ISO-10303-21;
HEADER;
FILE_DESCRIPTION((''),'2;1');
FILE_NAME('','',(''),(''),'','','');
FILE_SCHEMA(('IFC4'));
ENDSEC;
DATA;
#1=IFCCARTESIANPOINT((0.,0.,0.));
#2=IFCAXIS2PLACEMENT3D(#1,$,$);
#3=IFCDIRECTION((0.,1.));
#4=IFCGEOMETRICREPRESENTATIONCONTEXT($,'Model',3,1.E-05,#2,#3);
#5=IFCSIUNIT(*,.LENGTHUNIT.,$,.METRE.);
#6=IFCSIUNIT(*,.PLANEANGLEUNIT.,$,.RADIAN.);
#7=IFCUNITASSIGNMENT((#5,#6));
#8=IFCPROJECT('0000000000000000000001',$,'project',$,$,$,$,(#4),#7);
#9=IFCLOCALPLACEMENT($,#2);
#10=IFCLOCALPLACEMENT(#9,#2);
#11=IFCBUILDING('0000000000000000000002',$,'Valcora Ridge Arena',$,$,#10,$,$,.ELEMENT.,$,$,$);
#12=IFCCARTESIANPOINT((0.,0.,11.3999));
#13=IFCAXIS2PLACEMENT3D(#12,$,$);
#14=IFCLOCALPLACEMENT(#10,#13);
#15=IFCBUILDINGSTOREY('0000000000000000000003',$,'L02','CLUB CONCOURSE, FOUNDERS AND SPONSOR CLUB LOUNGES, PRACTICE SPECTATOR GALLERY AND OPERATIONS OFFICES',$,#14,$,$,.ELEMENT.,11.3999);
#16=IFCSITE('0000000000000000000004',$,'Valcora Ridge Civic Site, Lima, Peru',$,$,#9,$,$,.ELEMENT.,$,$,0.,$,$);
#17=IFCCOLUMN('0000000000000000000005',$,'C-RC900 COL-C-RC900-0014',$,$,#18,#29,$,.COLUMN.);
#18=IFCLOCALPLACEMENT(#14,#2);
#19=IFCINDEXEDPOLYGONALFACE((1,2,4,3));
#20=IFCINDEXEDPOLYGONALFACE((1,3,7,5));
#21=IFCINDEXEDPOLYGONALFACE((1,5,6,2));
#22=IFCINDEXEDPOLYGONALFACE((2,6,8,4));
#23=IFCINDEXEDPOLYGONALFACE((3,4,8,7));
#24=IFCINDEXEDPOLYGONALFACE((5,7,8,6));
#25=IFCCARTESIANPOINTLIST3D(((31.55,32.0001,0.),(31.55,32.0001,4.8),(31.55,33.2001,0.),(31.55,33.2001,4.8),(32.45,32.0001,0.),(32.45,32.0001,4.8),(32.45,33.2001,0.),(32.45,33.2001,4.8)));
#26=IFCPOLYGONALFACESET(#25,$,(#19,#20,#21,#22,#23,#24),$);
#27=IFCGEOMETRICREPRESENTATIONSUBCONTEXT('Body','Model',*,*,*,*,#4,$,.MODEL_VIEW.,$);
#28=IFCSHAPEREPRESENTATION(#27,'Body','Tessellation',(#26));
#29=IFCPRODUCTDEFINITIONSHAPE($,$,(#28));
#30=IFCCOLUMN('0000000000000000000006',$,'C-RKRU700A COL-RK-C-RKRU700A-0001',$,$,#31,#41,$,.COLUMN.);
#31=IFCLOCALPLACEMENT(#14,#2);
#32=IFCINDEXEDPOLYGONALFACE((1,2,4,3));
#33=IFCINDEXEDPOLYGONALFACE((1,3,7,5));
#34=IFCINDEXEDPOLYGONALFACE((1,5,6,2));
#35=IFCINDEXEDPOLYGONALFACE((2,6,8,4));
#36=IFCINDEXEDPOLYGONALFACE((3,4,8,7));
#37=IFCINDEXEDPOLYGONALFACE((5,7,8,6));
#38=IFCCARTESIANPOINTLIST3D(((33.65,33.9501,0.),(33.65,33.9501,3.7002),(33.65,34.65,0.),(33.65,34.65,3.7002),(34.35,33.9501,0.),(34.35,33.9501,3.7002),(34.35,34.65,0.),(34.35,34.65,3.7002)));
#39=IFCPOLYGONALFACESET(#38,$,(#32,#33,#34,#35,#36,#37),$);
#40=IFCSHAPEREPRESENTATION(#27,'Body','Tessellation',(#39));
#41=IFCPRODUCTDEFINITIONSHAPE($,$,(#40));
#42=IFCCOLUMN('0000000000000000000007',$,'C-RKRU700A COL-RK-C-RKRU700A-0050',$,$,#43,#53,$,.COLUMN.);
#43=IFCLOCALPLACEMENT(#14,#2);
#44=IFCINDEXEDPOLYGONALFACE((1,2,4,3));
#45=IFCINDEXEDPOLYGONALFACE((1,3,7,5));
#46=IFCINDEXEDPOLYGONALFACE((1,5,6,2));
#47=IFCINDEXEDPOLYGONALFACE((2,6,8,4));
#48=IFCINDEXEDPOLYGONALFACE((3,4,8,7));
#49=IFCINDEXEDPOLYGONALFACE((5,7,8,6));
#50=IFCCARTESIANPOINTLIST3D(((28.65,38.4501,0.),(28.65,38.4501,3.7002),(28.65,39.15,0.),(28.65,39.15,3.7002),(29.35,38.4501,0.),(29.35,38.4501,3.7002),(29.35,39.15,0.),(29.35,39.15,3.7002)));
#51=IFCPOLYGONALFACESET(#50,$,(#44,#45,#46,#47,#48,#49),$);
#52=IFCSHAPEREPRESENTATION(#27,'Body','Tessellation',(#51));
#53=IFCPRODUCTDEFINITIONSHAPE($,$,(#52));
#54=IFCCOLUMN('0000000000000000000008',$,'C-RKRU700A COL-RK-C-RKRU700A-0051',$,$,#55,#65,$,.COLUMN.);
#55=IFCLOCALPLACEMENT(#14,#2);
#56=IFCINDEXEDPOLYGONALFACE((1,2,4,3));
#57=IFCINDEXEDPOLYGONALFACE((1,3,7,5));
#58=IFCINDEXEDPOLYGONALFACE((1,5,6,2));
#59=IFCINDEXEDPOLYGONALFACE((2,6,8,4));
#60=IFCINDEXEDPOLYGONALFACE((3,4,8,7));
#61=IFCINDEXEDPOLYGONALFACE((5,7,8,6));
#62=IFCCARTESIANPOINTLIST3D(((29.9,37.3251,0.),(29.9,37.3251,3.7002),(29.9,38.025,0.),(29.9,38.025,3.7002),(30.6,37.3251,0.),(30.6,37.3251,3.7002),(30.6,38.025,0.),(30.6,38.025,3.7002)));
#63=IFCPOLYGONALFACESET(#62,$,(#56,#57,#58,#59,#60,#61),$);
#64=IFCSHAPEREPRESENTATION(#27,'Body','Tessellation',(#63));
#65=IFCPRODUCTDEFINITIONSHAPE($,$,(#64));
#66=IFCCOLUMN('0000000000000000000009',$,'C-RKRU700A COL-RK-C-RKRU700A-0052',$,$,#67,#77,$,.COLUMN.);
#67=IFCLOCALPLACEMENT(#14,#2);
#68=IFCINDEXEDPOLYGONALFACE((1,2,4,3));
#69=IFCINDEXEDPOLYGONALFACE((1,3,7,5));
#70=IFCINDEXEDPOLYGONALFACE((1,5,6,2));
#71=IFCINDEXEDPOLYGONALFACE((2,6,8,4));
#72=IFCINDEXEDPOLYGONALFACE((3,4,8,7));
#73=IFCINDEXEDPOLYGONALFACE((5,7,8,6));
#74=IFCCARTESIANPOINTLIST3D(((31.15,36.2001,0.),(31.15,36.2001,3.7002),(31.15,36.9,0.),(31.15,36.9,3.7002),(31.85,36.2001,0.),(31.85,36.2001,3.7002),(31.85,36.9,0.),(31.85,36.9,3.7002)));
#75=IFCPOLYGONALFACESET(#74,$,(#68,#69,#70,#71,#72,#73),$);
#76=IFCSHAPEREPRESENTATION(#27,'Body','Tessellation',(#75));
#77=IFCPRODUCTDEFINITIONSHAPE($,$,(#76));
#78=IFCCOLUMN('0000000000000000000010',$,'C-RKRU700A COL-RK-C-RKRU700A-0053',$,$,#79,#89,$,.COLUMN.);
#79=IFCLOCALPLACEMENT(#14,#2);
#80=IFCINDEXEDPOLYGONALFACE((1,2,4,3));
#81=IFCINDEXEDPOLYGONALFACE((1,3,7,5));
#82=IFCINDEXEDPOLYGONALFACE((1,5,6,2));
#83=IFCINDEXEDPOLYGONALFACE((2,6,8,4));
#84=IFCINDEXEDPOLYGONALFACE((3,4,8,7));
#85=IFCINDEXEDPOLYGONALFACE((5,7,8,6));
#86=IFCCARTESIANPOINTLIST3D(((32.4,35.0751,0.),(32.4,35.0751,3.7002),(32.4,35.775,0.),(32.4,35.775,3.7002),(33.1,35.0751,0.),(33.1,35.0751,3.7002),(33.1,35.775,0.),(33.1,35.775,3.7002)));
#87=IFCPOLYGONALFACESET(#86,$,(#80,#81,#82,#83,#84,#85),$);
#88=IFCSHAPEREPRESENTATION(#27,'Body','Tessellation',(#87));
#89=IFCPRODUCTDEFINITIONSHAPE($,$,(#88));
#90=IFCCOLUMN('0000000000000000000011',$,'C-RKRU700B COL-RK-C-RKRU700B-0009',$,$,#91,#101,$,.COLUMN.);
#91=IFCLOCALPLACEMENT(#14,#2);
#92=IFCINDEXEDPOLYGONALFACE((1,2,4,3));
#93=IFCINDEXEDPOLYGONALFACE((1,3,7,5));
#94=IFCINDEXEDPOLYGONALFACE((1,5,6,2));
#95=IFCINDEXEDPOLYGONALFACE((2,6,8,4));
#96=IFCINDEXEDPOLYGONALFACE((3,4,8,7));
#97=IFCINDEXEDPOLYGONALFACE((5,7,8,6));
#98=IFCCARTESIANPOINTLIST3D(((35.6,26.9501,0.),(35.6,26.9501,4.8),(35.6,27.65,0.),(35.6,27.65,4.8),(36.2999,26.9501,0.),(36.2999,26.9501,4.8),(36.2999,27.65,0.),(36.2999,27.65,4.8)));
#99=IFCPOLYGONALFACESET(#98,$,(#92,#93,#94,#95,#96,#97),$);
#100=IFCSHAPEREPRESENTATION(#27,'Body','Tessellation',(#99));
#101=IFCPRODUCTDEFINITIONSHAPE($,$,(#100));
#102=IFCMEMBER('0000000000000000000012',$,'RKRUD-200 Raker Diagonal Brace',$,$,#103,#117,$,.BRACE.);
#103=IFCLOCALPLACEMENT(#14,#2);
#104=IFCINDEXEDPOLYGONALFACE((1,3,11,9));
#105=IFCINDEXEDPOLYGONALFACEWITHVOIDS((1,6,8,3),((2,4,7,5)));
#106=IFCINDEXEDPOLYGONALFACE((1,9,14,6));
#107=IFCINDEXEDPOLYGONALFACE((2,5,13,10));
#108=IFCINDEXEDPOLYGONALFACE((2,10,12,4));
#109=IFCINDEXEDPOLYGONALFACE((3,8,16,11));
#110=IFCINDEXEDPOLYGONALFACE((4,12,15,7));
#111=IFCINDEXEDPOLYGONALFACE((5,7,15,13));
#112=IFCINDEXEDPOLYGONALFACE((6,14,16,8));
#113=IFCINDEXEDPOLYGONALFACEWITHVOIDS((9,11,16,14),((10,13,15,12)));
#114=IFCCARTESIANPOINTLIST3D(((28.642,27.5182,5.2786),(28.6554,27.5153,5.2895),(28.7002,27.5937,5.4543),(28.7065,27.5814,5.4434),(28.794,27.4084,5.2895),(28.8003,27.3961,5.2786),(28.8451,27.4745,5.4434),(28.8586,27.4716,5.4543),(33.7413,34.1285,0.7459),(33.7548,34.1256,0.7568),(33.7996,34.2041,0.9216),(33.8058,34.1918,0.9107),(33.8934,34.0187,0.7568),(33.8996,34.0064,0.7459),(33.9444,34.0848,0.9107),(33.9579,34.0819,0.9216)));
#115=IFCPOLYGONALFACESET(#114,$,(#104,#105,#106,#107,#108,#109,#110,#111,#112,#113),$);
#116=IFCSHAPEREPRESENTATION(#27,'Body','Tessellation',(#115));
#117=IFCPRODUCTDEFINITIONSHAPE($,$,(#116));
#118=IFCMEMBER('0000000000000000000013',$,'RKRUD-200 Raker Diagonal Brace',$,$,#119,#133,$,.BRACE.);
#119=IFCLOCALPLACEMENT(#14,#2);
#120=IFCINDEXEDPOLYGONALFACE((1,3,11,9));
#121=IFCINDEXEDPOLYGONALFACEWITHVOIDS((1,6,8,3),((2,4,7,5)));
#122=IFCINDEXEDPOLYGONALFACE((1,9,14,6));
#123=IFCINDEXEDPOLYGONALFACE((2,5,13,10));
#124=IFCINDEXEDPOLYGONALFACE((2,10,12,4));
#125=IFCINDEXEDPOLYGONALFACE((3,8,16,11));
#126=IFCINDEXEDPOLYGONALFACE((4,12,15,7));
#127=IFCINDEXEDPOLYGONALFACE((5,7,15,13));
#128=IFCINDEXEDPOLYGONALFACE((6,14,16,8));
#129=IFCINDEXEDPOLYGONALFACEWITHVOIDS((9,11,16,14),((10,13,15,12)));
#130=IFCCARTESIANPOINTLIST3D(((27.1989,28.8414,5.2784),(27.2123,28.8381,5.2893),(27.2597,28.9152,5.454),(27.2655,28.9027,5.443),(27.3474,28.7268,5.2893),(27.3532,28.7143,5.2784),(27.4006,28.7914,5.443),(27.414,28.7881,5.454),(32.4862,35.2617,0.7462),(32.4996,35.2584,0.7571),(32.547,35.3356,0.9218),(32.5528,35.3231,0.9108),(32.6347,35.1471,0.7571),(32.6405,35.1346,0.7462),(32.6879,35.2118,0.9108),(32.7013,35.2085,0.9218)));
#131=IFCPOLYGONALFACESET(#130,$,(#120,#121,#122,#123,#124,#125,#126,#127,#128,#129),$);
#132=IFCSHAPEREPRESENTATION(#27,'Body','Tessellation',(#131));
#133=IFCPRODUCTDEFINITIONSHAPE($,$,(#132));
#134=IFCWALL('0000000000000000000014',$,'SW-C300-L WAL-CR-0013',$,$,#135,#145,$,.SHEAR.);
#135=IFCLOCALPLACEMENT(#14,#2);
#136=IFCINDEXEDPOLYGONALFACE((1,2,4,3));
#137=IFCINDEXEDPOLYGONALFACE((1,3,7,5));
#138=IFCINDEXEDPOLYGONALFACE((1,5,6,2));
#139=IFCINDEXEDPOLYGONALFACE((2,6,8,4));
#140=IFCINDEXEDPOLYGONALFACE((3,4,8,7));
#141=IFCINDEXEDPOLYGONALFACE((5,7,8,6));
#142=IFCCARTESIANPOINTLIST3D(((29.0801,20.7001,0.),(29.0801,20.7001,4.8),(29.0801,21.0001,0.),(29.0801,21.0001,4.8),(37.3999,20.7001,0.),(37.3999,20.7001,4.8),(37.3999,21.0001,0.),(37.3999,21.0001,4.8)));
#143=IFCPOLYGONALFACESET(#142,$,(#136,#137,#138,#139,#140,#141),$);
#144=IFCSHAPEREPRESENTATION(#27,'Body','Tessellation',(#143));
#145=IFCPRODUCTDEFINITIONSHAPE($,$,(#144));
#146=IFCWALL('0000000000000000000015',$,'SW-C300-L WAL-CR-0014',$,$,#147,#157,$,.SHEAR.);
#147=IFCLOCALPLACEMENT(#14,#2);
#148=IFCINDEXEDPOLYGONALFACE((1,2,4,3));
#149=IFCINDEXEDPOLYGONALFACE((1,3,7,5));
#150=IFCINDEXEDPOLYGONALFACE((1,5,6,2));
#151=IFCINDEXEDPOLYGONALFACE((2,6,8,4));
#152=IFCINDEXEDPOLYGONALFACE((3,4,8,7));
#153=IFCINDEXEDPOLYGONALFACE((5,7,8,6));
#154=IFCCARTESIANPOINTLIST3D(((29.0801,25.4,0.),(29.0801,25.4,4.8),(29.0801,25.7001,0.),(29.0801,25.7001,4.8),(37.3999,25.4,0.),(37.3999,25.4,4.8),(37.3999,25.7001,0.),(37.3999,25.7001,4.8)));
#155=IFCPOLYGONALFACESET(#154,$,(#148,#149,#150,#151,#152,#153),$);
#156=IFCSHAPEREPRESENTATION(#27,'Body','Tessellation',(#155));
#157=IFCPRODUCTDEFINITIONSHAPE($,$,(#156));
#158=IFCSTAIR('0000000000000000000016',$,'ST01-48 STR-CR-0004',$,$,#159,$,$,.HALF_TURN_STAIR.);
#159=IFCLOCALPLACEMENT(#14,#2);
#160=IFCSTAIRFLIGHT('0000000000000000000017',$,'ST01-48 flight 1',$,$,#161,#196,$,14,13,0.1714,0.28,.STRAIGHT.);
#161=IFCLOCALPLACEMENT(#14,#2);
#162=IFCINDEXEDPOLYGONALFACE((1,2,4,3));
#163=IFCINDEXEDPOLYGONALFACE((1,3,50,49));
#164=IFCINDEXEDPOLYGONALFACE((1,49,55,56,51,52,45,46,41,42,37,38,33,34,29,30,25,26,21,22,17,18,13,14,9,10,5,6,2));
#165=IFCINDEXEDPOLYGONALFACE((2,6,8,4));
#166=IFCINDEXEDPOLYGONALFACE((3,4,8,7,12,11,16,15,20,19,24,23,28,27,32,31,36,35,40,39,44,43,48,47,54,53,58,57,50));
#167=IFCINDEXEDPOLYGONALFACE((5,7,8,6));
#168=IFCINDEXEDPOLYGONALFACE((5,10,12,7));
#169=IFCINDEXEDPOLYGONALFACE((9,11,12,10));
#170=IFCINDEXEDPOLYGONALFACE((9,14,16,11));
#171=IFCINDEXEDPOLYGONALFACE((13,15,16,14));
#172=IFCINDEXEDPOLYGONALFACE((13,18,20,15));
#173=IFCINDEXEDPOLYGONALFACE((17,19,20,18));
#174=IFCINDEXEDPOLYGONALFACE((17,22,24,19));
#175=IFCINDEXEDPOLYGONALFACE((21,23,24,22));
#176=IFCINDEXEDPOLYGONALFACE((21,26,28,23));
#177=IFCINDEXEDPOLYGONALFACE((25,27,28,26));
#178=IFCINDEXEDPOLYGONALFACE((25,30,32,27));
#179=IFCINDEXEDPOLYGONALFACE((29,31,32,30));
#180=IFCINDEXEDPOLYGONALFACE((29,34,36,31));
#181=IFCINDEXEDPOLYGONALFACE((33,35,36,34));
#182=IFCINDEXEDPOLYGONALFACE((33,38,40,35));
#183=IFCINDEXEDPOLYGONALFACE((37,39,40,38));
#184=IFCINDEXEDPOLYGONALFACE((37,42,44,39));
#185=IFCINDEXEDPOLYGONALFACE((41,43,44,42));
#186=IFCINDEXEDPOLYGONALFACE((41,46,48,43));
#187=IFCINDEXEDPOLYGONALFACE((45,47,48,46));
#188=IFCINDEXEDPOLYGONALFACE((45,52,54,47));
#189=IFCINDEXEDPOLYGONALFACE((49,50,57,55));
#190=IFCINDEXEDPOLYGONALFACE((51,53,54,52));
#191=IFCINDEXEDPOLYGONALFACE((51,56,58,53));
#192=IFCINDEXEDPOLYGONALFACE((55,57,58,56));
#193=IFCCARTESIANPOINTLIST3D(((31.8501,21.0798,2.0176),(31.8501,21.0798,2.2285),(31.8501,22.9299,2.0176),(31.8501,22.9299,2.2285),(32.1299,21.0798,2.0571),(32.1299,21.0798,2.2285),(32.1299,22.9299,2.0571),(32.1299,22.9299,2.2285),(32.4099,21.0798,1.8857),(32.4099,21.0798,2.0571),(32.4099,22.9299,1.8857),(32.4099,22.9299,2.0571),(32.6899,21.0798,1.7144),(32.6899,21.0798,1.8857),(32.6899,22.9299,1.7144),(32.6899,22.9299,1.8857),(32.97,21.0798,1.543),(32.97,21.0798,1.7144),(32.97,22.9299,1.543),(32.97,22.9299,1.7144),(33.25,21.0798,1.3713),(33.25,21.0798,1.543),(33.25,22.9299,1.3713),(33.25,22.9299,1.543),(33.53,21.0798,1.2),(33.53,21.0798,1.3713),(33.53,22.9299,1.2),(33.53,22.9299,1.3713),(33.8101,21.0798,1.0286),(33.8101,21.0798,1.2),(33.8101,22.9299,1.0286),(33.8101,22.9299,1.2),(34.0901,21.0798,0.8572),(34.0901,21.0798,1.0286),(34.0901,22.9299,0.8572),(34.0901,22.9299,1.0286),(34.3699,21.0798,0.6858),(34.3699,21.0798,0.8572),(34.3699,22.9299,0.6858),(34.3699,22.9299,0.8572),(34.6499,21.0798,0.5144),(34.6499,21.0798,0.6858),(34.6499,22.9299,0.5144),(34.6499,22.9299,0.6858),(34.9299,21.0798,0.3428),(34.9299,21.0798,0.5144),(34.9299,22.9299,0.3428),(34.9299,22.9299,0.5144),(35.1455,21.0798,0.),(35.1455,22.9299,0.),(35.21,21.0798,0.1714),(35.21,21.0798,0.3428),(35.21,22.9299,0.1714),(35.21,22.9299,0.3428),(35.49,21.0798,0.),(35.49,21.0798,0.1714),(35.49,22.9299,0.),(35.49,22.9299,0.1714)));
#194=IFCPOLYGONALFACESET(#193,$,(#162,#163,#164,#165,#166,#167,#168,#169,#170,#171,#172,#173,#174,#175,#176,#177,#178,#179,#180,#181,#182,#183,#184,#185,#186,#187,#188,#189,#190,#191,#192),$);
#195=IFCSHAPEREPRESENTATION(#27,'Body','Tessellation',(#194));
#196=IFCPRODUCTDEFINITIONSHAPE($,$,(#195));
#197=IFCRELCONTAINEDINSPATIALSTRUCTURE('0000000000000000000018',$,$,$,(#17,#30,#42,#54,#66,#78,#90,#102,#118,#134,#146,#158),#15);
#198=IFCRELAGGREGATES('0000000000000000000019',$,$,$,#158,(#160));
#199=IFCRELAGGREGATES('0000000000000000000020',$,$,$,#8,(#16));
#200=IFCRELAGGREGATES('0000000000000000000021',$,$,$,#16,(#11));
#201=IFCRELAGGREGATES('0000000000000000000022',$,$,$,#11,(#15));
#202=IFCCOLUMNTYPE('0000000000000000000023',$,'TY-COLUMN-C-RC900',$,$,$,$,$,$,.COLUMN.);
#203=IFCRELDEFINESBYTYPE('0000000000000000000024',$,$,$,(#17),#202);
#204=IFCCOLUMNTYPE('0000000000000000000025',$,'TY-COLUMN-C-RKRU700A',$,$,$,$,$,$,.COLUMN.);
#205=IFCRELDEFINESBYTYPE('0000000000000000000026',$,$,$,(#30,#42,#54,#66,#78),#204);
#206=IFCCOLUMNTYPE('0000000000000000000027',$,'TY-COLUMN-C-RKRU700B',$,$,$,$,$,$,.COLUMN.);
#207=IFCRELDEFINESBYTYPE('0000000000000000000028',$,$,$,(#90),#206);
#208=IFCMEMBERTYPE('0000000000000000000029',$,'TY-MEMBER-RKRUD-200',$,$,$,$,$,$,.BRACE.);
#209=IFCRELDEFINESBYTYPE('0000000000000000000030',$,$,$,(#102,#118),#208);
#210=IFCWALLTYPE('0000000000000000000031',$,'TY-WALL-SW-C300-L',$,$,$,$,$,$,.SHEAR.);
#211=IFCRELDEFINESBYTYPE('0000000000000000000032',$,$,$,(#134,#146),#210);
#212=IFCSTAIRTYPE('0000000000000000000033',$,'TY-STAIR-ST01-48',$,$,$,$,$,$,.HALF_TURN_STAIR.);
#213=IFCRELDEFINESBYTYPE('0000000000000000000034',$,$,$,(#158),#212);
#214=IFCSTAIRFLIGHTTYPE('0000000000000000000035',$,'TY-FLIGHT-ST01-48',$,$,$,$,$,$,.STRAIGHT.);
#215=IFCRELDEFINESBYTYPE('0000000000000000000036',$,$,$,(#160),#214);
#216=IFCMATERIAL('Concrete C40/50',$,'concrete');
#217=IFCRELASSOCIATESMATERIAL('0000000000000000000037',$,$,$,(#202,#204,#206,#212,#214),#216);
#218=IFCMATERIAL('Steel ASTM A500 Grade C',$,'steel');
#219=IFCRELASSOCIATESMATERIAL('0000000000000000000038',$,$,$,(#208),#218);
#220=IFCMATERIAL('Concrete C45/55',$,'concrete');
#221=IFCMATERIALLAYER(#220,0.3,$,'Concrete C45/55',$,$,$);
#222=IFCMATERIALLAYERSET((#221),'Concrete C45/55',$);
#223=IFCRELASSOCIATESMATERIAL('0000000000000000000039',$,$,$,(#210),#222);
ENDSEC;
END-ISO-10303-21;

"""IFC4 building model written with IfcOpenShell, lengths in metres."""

from ifc_helpers import new_model, si_unit, direction, frame, frame_2d, origin, origin_2d, place, context, subcontext, project, spatial, polyline, rectangle, hollow_rectangle, outline, extrude, material, layer, layer_set, material_profile, profile_set, type_object, element, aggregate, save


model = new_model("IFC4")

# Units and contexts
model_context = context("Model", 3, precision=1e-05, world=origin(), true_north=direction((0.0, 1.0)))
body_context = subcontext(model_context, "Body", "Model", "MODEL_VIEW")
ifc_project = project(units=[si_unit("LENGTHUNIT", "METRE"), si_unit("PLANEANGLEUNIT", "RADIAN")], contexts=[model_context])

# Site, building, storey
site_placement = place(None, origin())
site = spatial("IfcSite", under=ifc_project, at=site_placement, Name="Valcora Ridge Civic Site, Lima, Peru", CompositionType="ELEMENT", RefElevation=0.0)
building_placement = place(site_placement, origin())
building = spatial("IfcBuilding", under=site, at=building_placement, Name="Valcora Ridge Arena", CompositionType="ELEMENT")
storey_placement = place(building_placement, frame((0.0, 0.0, 11.3999)))
storey = spatial("IfcBuildingStorey", under=building, at=storey_placement, Name="L02", Description="CLUB CONCOURSE, FOUNDERS AND SPONSOR CLUB LOUNGES, PRACTICE SPECTATOR GALLERY AND OPERATIONS OFFICES", CompositionType="ELEMENT", Elevation=11.3999)

# Columns
ifc_material_1 = material(Name="Concrete C40/50", Category="concrete")
ifc_material_profile_1 = material_profile(ifc_material_1, rectangle(XDim=0.8999, YDim=1.2, at=origin_2d()), Name="RC 900x1200")
ifc_profile_set_1 = profile_set([ifc_material_profile_1], Name="Concrete C40/50")
column_type_1 = type_object("IfcColumnType", Name="TY-COLUMN-C-RC900", PredefinedType="COLUMN", material=ifc_profile_set_1)
column_1_placement = place(storey_placement, frame((32.0, 32.6001, 0.0), z_axis=(0.0, 0.0, 1.0), x_axis=(1.0, 0.0, 0.0)))
element("IfcColumn", 1, at=column_1_placement, inside=storey, type_object=column_type_1, Name="C-RC900 COL-C-RC900-0014", PredefinedType="COLUMN", context=body_context, shape_type="SweptSolid", body=[
    extrude(rectangle(XDim=0.8999, YDim=1.2, at=origin_2d()), origin(), (0.0, 0.0, 1.0), 4.8),
])
ifc_material_profile_2 = material_profile(ifc_material_1, rectangle(XDim=0.7, YDim=0.7, at=origin_2d()), Name="RC 700x700")
ifc_profile_set_2 = profile_set([ifc_material_profile_2], Name="Concrete C40/50")
column_type_2 = type_object("IfcColumnType", Name="TY-COLUMN-C-RKRU700A", PredefinedType="COLUMN", material=ifc_profile_set_2)
for number, where, z_axis, x_axis, name in (
    (2, (34.0, 34.3, 0.0), (0.0, 0.0, 1.0), (1.0, 0.0, 0.0), "C-RKRU700A COL-RK-C-RKRU700A-0001"),
    (3, (29.0, 38.8, 0.0), (0.0, 0.0, 1.0), (1.0, 0.0, 0.0), "C-RKRU700A COL-RK-C-RKRU700A-0050"),
    (4, (30.25, 37.675, 0.0), (0.0, 0.0, 1.0), (1.0, 0.0, 0.0), "C-RKRU700A COL-RK-C-RKRU700A-0051"),
    (5, (31.5, 36.55, 0.0), (0.0, 0.0, 1.0), (1.0, 0.0, 0.0), "C-RKRU700A COL-RK-C-RKRU700A-0052"),
    (6, (32.75, 35.425, 0.0), (0.0, 0.0, 1.0), (1.0, 0.0, 0.0), "C-RKRU700A COL-RK-C-RKRU700A-0053"),
):
    element("IfcColumn", number, at=place(storey_placement, frame(where, z_axis=z_axis, x_axis=x_axis)), inside=storey, type_object=column_type_2, Name=name, PredefinedType="COLUMN", context=body_context, shape_type="SweptSolid", body=[
        extrude(rectangle(XDim=0.7, YDim=0.7, at=origin_2d()), origin(), (0.0, 0.0, 1.0), 3.7002),
    ])
ifc_material_profile_3 = material_profile(ifc_material_1, rectangle(XDim=0.7, YDim=0.7, at=origin_2d()), Name="RC 700x700")
ifc_profile_set_3 = profile_set([ifc_material_profile_3], Name="Concrete C40/50")
column_type_3 = type_object("IfcColumnType", Name="TY-COLUMN-C-RKRU700B", PredefinedType="COLUMN", material=ifc_profile_set_3)
column_2_placement = place(storey_placement, frame((35.95, 27.3, 0.0), z_axis=(0.0, 0.0, 1.0), x_axis=(1.0, 0.0, 0.0)))
element("IfcColumn", 7, at=column_2_placement, inside=storey, type_object=column_type_3, Name="C-RKRU700B COL-RK-C-RKRU700B-0009", PredefinedType="COLUMN", context=body_context, shape_type="SweptSolid", body=[
    extrude(rectangle(XDim=0.7, YDim=0.7, at=origin_2d()), origin(), (0.0, 0.0, 1.0), 4.8),
])

# Members
ifc_material_2 = material(Name="Steel ASTM A500 Grade C", Category="steel")
ifc_material_profile_4 = material_profile(ifc_material_2, hollow_rectangle(XDim=0.2, YDim=0.2, WallThickness=0.0125, at=origin_2d()), Name="HSS200X200X12")
ifc_profile_set_4 = profile_set([ifc_material_profile_4], Name="Steel ASTM A500 Grade C")
member_type = type_object("IfcMemberType", Name="TY-MEMBER-RKRUD-200", PredefinedType="BRACE", material=ifc_profile_set_4)
member_1_placement = place(storey_placement, frame((33.8496, 34.1052, 0.8337), z_axis=(-0.536788, -0.695843, 0.477139), x_axis=(0.791785, -0.6108, 0.0)))
element("IfcMember", 8, at=member_1_placement, inside=storey, type_object=member_type, Name="RKRUD-200 Raker Diagonal Brace", PredefinedType="BRACE", context=body_context, shape_type="SweptSolid", body=[
    extrude(hollow_rectangle(XDim=0.2, YDim=0.2, WallThickness=0.0125, at=origin_2d()), origin(), (0.0, 0.0, 1.0), 9.4998),
])
member_2_placement = place(storey_placement, frame((32.5938, 35.2351, 0.834), z_axis=(-0.558209, -0.67783, 0.478487), x_axis=(0.771933, -0.635704, 0.0)))
element("IfcMember", 9, at=member_2_placement, inside=storey, type_object=member_type, Name="RKRUD-200 Raker Diagonal Brace", PredefinedType="BRACE", context=body_context, shape_type="SweptSolid", body=[
    extrude(hollow_rectangle(XDim=0.2, YDim=0.2, WallThickness=0.0125, at=origin_2d()), origin(), (0.0, 0.0, 1.0), 9.4719),
])

# Walls
ifc_material_3 = material(Name="Concrete C45/55", Category="concrete")
ifc_layer = layer(ifc_material_3, 0.3, Name="Concrete C45/55")
ifc_layer_set = layer_set([ifc_layer], Name="Concrete C45/55")
wall_type = type_object("IfcWallType", Name="TY-WALL-SW-C300-L", PredefinedType="SHEAR", material=ifc_layer_set)
for number, where, z_axis, x_axis, name in (
    (10, (29.0801, 20.8501, 0.0), (0.0, 0.0, 1.0), (1.0, 0.0, 0.0), "SW-C300-L WAL-CR-0013"),
    (11, (29.0801, 25.55, 0.0), (0.0, 0.0, 1.0), (1.0, 0.0, 0.0), "SW-C300-L WAL-CR-0014"),
):
    element("IfcWall", number, at=place(storey_placement, frame(where, z_axis=z_axis, x_axis=x_axis)), inside=storey, type_object=wall_type, Name=name, PredefinedType="SHEAR", context=body_context, shape_type="SweptSolid", body=[
        extrude(rectangle(XDim=8.3198, YDim=0.3, at=frame_2d((4.1599, 0.0))), origin(), (0.0, 0.0, 1.0), 4.8),
    ])

# Stair, stair flight
stair_type = type_object("IfcStairType", Name="TY-STAIR-ST01-48", PredefinedType="HALF_TURN_STAIR", material=ifc_material_1)
stair_placement = place(storey_placement, origin())
stair = element("IfcStair", 12, at=stair_placement, inside=storey, type_object=stair_type, Name="ST01-48 STR-CR-0004", PredefinedType="HALF_TURN_STAIR")
stair_flight_type = type_object("IfcStairFlightType", Name="TY-FLIGHT-ST01-48", PredefinedType="STRAIGHT", material=ifc_material_1)
stair_flight_1_placement = place(storey_placement, frame((35.49, 22.0049, 0.0), z_axis=(0.0, 0.0, 1.0), x_axis=(-1.0, 0.0, 0.0)))
stair_flight_1 = element("IfcStairFlight", 13, at=stair_flight_1_placement, type_object=stair_flight_type, Name="ST01-48 flight 1", NumberOfRisers=14, NumberOfTreads=13, PredefinedType="STRAIGHT", RiserHeight=0.1714, TreadLength=0.28, context=body_context, shape_type="SweptSolid", body=[
    extrude(outline(polyline([(0.0, 0.0), (0.0, 0.1714), (0.28, 0.1714), (0.28, 0.3428), (0.5601, 0.3428), (0.5601, 0.5144), (0.8401, 0.5144), (0.8401, 0.6858), (1.1201, 0.6858), (1.1201, 0.8572), (1.3999, 0.8572), (1.3999, 1.0286), (1.6799, 1.0286), (1.6799, 1.2), (1.96, 1.2), (1.96, 1.3713), (2.24, 1.3713), (2.24, 1.543), (2.52, 1.543), (2.52, 1.7144), (2.8, 1.7144), (2.8, 1.8857), (3.0801, 1.8857), (3.0801, 2.0571), (3.3601, 2.0571), (3.3601, 2.2285), (3.6399, 2.2285), (3.6399, 2.3999), (3.6399, 2.0176), (0.3445, 0.0), (0.0, 0.0)])), frame((0.0, 0.925, 0.0), z_axis=(0.0, -1.0, 0.0), x_axis=(1.0, 0.0, 0.0)), (0.0, 0.0, 1.0), 1.8501),
])
aggregate(stair, [stair_flight_1])

save(model, "model.ifc")
